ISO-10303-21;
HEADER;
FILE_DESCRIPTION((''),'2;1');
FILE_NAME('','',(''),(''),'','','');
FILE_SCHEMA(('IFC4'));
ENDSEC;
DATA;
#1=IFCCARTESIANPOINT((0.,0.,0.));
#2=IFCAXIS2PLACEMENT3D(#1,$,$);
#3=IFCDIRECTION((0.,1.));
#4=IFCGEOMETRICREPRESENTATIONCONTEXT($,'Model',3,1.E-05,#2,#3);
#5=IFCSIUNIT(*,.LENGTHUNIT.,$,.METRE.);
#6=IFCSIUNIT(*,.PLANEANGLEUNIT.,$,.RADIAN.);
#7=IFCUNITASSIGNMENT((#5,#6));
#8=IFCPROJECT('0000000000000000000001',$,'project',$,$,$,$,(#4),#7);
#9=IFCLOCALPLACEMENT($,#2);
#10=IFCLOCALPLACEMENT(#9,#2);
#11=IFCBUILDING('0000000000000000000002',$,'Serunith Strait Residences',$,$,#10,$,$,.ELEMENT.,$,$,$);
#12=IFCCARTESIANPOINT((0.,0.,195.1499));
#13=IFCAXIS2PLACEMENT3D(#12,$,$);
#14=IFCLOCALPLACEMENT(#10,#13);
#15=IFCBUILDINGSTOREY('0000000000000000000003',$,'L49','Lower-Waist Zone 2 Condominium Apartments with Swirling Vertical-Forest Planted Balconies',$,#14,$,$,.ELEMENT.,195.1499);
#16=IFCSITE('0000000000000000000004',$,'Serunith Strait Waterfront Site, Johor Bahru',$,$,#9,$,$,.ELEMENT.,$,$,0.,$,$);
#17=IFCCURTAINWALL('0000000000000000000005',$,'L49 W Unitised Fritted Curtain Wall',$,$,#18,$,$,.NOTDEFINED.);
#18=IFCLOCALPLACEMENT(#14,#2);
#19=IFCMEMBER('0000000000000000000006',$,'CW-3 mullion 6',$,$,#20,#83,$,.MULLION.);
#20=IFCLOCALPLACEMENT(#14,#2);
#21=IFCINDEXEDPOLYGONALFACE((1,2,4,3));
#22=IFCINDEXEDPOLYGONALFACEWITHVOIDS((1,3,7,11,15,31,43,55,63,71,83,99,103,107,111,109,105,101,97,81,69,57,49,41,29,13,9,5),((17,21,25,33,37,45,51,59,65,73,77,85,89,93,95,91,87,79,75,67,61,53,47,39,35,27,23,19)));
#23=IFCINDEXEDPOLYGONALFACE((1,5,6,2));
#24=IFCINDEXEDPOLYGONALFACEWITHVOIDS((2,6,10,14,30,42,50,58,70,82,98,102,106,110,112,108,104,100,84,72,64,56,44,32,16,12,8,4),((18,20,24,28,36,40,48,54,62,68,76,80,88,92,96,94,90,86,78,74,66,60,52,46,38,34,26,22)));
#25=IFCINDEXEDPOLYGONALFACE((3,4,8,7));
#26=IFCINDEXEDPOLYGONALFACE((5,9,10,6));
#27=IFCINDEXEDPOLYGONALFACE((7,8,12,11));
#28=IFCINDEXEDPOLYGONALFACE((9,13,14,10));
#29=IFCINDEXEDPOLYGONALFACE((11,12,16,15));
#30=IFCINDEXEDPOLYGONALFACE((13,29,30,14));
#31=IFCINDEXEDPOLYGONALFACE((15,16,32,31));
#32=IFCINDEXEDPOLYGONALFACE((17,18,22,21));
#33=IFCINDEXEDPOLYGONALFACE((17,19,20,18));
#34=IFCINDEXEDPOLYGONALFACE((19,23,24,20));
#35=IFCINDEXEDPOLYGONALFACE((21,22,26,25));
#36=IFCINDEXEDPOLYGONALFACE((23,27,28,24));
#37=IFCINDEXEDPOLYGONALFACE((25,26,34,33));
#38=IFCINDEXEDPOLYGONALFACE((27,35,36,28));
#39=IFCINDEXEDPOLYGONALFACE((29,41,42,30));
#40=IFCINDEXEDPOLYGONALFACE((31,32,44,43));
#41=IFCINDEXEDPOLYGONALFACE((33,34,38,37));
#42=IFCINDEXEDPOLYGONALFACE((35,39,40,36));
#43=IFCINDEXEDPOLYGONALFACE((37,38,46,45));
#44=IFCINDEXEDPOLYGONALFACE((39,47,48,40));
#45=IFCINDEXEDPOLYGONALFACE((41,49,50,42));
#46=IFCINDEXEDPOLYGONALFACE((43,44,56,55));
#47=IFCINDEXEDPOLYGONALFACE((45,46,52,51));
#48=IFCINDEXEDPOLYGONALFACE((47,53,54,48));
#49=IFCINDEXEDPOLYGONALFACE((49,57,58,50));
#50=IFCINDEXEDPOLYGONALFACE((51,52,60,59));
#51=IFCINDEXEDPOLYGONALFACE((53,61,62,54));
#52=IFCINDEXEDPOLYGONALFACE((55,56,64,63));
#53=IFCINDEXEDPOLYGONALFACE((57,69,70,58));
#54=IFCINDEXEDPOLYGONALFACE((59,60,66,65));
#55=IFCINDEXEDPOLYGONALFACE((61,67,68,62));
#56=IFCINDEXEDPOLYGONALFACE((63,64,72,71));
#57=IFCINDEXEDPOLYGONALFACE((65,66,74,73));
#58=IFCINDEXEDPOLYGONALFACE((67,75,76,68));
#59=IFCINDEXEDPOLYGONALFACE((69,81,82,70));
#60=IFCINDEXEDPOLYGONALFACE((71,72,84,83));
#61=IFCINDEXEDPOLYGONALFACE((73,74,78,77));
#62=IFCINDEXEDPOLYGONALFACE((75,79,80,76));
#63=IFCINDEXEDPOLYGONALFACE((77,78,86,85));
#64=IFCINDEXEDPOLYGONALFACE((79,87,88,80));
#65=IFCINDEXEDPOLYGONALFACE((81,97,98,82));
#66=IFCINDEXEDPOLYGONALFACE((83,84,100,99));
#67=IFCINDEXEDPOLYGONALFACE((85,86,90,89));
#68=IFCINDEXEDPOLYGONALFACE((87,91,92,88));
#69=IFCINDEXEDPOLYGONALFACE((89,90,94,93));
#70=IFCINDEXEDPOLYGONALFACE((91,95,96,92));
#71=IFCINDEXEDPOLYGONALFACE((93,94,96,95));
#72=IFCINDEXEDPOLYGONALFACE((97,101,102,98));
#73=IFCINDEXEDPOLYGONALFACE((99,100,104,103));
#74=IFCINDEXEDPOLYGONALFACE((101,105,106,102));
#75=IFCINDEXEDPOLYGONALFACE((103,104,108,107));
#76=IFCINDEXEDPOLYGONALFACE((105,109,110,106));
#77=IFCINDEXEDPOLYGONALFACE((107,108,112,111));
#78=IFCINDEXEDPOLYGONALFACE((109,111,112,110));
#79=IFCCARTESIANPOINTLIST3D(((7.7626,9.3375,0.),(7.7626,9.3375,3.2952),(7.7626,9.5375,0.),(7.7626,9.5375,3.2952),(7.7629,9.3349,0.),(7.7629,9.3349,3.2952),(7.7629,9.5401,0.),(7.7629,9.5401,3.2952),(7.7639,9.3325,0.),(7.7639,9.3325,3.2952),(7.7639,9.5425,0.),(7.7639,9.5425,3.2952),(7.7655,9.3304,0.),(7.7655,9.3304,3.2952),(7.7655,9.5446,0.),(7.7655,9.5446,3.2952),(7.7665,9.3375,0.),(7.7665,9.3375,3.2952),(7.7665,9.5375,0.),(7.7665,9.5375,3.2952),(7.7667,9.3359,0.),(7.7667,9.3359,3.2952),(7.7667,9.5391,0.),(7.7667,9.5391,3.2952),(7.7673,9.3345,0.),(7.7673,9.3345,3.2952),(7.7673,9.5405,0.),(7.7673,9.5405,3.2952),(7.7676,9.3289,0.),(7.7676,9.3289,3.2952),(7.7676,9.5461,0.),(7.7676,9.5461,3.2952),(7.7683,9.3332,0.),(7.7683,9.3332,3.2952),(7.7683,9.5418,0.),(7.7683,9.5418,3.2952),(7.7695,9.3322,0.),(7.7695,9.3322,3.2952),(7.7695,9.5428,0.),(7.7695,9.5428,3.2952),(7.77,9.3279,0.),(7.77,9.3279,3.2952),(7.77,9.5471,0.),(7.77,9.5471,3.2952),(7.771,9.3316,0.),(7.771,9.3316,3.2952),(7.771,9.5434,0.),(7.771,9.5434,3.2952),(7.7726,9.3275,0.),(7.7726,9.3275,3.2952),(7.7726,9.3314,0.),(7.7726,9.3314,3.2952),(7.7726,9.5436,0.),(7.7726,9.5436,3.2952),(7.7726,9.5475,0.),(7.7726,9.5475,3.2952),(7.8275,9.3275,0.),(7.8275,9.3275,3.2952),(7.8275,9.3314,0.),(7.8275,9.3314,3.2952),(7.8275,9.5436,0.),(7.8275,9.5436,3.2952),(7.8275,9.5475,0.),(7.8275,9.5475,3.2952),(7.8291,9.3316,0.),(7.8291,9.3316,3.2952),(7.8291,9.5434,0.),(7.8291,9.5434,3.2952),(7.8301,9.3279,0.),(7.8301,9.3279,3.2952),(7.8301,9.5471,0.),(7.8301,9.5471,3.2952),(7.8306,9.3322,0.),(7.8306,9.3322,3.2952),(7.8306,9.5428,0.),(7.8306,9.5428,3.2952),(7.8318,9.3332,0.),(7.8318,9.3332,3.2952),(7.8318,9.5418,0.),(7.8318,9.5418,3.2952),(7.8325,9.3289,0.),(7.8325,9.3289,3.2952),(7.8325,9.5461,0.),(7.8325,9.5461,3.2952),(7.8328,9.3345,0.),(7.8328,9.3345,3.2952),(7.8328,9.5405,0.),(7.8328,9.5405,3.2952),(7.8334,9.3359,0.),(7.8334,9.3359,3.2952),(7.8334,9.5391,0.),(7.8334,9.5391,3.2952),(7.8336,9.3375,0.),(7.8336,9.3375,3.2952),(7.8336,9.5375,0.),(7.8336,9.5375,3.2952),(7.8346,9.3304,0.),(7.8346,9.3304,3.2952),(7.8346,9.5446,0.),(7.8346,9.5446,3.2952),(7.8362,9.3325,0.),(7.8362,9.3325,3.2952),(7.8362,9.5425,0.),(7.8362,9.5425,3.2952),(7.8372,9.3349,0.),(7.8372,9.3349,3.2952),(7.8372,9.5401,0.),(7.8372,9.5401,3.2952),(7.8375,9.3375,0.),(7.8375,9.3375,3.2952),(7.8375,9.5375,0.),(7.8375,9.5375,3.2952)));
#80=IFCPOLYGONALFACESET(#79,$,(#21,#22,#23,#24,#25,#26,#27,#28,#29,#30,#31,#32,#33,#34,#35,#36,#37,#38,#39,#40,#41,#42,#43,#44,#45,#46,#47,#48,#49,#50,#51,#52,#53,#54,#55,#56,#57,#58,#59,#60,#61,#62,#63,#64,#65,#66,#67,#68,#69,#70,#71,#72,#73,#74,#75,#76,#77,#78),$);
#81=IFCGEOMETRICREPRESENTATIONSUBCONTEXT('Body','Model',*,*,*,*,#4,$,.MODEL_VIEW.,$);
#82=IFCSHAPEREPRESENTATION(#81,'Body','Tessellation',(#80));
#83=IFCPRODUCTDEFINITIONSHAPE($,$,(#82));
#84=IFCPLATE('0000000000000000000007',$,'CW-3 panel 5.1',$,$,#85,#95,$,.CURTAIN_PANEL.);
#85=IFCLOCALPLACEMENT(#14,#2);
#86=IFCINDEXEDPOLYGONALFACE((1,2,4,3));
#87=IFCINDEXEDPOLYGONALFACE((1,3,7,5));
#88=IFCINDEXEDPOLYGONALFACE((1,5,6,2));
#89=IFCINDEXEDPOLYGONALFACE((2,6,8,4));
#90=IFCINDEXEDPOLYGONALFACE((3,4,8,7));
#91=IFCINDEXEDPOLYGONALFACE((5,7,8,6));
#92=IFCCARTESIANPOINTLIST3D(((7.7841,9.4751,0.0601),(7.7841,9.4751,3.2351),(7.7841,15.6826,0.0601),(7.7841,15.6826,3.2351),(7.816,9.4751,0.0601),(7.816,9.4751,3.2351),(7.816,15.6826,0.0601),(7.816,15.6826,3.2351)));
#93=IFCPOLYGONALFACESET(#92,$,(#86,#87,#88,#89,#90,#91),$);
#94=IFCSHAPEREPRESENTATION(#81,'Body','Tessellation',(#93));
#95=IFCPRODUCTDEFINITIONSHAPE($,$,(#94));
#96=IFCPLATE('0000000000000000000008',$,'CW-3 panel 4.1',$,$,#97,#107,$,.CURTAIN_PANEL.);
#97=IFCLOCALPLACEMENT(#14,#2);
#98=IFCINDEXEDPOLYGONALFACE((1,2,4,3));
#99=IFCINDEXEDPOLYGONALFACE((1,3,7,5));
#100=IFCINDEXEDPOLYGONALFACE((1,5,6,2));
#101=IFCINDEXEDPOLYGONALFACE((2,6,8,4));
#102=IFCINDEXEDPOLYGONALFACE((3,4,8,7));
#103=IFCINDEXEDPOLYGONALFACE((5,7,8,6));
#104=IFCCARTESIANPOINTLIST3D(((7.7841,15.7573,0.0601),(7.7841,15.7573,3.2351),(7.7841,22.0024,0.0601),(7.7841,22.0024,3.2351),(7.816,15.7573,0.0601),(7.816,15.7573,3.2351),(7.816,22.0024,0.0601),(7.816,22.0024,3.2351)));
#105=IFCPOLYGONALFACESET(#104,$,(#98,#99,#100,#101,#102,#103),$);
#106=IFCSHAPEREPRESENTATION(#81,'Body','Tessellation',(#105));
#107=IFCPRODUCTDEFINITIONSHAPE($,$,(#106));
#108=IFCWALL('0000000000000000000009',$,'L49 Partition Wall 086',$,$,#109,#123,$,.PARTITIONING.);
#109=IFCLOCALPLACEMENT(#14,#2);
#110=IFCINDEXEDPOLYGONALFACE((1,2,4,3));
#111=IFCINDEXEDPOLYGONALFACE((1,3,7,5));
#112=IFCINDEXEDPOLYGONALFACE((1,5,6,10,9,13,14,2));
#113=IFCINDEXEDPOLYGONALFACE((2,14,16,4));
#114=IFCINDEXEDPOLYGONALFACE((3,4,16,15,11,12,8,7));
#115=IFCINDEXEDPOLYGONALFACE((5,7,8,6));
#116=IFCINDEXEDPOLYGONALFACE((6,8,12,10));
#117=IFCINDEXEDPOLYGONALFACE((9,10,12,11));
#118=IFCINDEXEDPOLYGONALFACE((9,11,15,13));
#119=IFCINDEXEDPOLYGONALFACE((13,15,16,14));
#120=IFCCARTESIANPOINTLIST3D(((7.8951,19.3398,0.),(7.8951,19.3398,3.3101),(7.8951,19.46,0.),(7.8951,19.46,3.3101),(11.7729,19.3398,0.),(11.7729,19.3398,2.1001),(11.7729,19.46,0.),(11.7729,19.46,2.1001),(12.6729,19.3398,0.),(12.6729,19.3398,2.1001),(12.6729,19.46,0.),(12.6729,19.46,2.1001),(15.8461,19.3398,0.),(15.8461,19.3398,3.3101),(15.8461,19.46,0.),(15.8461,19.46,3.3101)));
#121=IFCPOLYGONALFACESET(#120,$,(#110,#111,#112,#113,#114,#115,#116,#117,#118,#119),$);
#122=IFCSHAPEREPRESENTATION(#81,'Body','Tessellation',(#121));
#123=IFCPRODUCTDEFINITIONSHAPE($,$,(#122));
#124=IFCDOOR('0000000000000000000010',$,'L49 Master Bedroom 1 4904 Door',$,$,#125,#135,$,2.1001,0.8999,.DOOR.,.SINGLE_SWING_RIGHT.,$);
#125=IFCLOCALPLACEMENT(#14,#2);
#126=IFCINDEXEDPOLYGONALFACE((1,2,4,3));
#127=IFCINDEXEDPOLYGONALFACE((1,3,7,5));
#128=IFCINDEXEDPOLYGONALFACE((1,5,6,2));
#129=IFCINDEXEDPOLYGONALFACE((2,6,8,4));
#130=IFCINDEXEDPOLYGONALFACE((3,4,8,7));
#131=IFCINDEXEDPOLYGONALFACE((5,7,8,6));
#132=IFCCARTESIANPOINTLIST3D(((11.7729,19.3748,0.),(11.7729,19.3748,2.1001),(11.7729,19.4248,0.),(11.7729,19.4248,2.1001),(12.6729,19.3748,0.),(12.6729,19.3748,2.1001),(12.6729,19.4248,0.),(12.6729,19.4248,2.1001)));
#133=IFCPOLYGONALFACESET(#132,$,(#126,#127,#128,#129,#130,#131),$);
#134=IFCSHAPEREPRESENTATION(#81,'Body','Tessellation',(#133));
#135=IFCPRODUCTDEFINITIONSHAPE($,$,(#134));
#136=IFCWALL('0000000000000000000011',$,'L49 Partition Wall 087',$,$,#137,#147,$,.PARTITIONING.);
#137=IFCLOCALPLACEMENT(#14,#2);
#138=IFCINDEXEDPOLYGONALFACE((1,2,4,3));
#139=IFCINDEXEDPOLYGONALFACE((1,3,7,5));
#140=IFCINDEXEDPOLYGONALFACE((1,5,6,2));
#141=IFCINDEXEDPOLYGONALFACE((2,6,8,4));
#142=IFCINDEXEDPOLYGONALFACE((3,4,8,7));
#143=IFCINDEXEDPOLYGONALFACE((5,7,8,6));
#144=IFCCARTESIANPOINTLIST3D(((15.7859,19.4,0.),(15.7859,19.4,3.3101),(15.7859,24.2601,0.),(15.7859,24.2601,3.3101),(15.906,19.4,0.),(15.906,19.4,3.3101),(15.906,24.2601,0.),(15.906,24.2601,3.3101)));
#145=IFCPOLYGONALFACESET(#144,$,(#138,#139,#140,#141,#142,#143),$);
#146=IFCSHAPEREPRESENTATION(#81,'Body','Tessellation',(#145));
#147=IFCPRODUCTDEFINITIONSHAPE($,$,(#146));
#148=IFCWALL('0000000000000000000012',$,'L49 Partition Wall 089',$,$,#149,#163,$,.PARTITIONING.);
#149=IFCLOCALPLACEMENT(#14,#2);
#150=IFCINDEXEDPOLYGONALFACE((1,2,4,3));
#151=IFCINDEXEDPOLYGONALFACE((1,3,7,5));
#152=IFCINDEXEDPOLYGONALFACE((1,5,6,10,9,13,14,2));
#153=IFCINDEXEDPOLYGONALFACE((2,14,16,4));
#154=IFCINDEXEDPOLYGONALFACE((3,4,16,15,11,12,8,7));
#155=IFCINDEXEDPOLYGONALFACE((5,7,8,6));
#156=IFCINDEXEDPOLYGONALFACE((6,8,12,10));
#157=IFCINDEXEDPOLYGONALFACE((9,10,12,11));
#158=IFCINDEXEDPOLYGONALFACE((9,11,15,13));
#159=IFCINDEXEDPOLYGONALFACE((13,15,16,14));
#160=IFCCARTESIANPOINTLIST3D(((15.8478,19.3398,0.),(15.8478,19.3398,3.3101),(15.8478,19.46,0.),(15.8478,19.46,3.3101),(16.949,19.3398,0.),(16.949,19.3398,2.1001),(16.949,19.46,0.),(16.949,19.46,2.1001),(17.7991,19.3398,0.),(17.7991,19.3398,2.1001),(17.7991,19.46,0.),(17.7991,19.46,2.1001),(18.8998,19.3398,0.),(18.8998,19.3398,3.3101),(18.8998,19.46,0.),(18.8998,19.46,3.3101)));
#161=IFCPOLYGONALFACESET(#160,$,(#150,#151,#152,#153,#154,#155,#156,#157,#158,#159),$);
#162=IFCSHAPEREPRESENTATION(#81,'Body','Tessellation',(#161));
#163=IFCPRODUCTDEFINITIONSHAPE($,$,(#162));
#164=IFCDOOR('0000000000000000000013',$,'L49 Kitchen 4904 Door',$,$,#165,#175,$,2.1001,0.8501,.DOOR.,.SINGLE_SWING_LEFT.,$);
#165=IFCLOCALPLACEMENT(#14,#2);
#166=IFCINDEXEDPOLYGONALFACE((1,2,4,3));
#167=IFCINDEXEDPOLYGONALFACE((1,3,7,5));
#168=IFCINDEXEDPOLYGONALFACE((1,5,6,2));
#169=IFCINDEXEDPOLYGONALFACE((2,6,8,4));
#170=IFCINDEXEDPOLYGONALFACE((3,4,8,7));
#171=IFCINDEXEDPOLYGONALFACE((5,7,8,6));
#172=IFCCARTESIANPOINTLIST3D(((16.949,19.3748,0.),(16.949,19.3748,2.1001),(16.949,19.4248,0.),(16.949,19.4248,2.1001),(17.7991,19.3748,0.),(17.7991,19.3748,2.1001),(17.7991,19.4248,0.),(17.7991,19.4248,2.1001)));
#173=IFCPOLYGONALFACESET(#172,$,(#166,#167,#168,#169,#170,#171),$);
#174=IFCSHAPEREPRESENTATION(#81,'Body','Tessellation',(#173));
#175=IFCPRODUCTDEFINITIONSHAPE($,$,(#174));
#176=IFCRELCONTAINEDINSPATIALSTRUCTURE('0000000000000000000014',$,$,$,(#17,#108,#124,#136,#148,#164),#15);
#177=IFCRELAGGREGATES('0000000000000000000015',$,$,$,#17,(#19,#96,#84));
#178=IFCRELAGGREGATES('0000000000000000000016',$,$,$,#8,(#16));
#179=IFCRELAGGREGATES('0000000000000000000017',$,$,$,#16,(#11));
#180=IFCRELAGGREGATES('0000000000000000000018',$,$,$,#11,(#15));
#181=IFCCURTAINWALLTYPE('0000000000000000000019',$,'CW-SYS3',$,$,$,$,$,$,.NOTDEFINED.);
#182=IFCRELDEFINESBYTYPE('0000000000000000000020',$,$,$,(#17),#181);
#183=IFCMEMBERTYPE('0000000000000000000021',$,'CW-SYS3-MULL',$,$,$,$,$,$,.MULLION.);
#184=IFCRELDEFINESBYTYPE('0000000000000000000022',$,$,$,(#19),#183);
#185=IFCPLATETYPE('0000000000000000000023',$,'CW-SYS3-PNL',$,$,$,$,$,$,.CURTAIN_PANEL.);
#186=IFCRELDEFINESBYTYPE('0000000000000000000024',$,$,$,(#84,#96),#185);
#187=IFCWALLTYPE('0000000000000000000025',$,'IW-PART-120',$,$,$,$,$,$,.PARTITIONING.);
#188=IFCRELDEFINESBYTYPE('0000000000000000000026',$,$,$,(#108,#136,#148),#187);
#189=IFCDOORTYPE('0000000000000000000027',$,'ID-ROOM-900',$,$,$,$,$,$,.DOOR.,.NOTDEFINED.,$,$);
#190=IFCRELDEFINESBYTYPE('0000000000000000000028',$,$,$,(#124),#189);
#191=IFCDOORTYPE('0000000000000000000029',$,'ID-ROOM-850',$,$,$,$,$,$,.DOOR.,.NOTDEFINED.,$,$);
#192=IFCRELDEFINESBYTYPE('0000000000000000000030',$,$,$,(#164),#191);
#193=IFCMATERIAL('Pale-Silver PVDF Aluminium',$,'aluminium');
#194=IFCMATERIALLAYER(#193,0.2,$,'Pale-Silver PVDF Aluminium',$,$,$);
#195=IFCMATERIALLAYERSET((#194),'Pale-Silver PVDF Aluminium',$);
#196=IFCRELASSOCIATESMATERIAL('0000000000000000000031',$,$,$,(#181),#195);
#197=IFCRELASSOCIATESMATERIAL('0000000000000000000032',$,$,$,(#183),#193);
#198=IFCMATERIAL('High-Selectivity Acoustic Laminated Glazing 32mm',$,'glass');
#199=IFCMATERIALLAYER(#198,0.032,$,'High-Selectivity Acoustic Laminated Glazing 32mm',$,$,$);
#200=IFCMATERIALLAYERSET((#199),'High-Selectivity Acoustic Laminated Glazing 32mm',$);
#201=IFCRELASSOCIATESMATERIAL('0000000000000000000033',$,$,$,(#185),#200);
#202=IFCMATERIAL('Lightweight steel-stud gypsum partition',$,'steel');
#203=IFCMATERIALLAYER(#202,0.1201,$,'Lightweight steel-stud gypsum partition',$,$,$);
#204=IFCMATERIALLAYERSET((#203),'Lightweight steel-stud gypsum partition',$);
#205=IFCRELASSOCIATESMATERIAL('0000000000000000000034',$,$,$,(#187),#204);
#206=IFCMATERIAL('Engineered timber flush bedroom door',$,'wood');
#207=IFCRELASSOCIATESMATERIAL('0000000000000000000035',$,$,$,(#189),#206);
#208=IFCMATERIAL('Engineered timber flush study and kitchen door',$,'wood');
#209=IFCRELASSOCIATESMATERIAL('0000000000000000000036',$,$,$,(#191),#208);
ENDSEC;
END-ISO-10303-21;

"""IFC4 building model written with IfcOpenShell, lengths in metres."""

from ifc_helpers import new_model, si_unit, direction, frame, frame_2d, origin, origin_2d, place, context, subcontext, project, spatial, rectangle, hollow_rectangle, extrude, source, transform, mapped, material, layer, layer_set, material_profile, profile_set, type_object, element, fill, aggregate, save


model = new_model("IFC4")

# Units and contexts
model_context = context("Model", 3, precision=1e-05, world=origin(), true_north=direction((0.0, 1.0)))
body_context = subcontext(model_context, "Body", "Model", "MODEL_VIEW")
ifc_project = project(units=[si_unit("LENGTHUNIT", "METRE"), si_unit("PLANEANGLEUNIT", "RADIAN")], contexts=[model_context])

# Site, building, storey
site_placement = place(None, origin())
site = spatial("IfcSite", under=ifc_project, at=site_placement, Name="Serunith Strait Waterfront Site, Johor Bahru", CompositionType="ELEMENT", RefElevation=0.0)
building_placement = place(site_placement, origin())
building = spatial("IfcBuilding", under=site, at=building_placement, Name="Serunith Strait Residences", CompositionType="ELEMENT")
storey_placement = place(building_placement, frame((0.0, 0.0, 195.1499)))
storey = spatial("IfcBuildingStorey", under=building, at=storey_placement, Name="L49", Description="Lower-Waist Zone 2 Condominium Apartments with Swirling Vertical-Forest Planted Balconies", CompositionType="ELEMENT", Elevation=195.1499)

# Curtain wall, member, plates
ifc_material_1 = material(Name="Pale-Silver PVDF Aluminium", Category="aluminium")
ifc_layer_1 = layer(ifc_material_1, 0.2, Name="Pale-Silver PVDF Aluminium")
ifc_layer_set_1 = layer_set([ifc_layer_1], Name="Pale-Silver PVDF Aluminium")
curtain_wall_type = type_object("IfcCurtainWallType", Name="CW-SYS3", PredefinedType="NOTDEFINED", material=ifc_layer_set_1)
curtain_wall_placement = place(storey_placement, origin())
curtain_wall = element("IfcCurtainWall", 1, at=curtain_wall_placement, inside=storey, type_object=curtain_wall_type, Name="L49 W Unitised Fritted Curtain Wall", PredefinedType="NOTDEFINED")
ifc_material_profile_1 = material_profile(ifc_material_1, hollow_rectangle(XDim=0.075, YDim=0.22, WallThickness=0.0039, InnerFilletRadius=0.0061, OuterFilletRadius=0.01, at=origin_2d()), Name="ALU 220x75x4")
ifc_profile_set_1 = profile_set([ifc_material_profile_1], Name="Pale-Silver PVDF Aluminium")
member_type_1 = type_object("IfcMemberType", Name="CW-SYS3-MULL", PredefinedType="MULLION", material=ifc_profile_set_1)
shared_shape_1 = source(origin(), body_context, "Body", "SweptSolid", [
    extrude(hollow_rectangle(XDim=0.075, YDim=0.22, WallThickness=0.0039, InnerFilletRadius=0.0061, OuterFilletRadius=0.01, at=origin_2d()), origin(), (0.0, 0.0, 1.0), 3.2952),
])
member_1_placement = place(storey_placement, frame((7.8, 9.4375, 0.0), z_axis=(0.0, 0.0, 1.0), x_axis=(1.0, 0.0, 0.0)))
member_1 = element("IfcMember", 2, at=member_1_placement, type_object=member_type_1, Name="CW-3 mullion 6", PredefinedType="MULLION", context=body_context, shape_type="MappedRepresentation", body=[
    mapped(shared_shape_1, transform((0.0, 0.0, 0.0), scale=1.0)),
])
ifc_material_2 = material(Name="High-Selectivity Acoustic Laminated Glazing 32mm", Category="glass")
ifc_layer_2 = layer(ifc_material_2, 0.032, Name="High-Selectivity Acoustic Laminated Glazing 32mm")
ifc_layer_set_2 = layer_set([ifc_layer_2], Name="High-Selectivity Acoustic Laminated Glazing 32mm")
plate_type = type_object("IfcPlateType", Name="CW-SYS3-PNL", PredefinedType="CURTAIN_PANEL", material=ifc_layer_set_2)
shared_shape_2 = source(origin(), body_context, "Body", "SweptSolid", [
    extrude(rectangle(XDim=6.2075, YDim=0.032, at=origin_2d()), origin(), (0.0, 0.0, 1.0), 3.175),
])
plate_1_placement = place(storey_placement, frame((7.8, 12.5789, 0.0601), z_axis=(0.0, 0.0, 1.0), x_axis=(0.0, -1.0, 0.0)))
plate_1 = element("IfcPlate", 3, at=plate_1_placement, type_object=plate_type, Name="CW-3 panel 5.1", PredefinedType="CURTAIN_PANEL", context=body_context, shape_type="MappedRepresentation", body=[
    mapped(shared_shape_2, transform((0.0, 0.0, 0.0), scale=1.0)),
])
shared_shape_3 = source(origin(), body_context, "Body", "SweptSolid", [
    extrude(rectangle(XDim=6.2451, YDim=0.032, at=origin_2d()), origin(), (0.0, 0.0, 1.0), 3.175),
])
plate_2_placement = place(storey_placement, frame((7.8, 18.8799, 0.0601), z_axis=(0.0, 0.0, 1.0), x_axis=(0.0, -1.0, 0.0)))
plate_2 = element("IfcPlate", 4, at=plate_2_placement, type_object=plate_type, Name="CW-3 panel 4.1", PredefinedType="CURTAIN_PANEL", context=body_context, shape_type="MappedRepresentation", body=[
    mapped(shared_shape_3, transform((0.0, 0.0, 0.0), scale=1.0)),
])
aggregate(curtain_wall, [member_1, plate_2, plate_1])

# Wall, opening, door
ifc_material_3 = material(Name="Lightweight steel-stud gypsum partition", Category="steel")
ifc_layer_3 = layer(ifc_material_3, 0.1201, Name="Lightweight steel-stud gypsum partition")
ifc_layer_set_3 = layer_set([ifc_layer_3], Name="Lightweight steel-stud gypsum partition")
wall_type_1 = type_object("IfcWallType", Name="IW-PART-120", PredefinedType="PARTITIONING", material=ifc_layer_set_3)
wall_1_placement = place(storey_placement, frame((7.895, 19.3999, 0.0), z_axis=(0.0, 0.0, 1.0), x_axis=(1.0, 0.0, 0.0)))
wall_1 = element("IfcWall", 5, at=wall_1_placement, inside=storey, type_object=wall_type_1, Name="L49 Partition Wall 086", PredefinedType="PARTITIONING", context=body_context, shape_type="SweptSolid", body=[
    extrude(rectangle(XDim=7.9509, YDim=0.1201, at=frame_2d((3.9756, 0.0))), origin(), (0.0, 0.0, 1.0), 3.3101),
])
opening_1_placement = place(wall_1_placement, frame((3.8779, 0.0, 0.0)))
opening_1 = element("IfcOpeningElement", 6, at=opening_1_placement, cuts=wall_1, PredefinedType="OPENING", context=body_context, shape_type="SweptSolid", body=[
    extrude(rectangle(XDim=0.8999, YDim=2.1001, at=frame_2d((0.45, 1.05))), frame((0.0, 0.0701, 0.0), z_axis=(0.0, -1.0, 0.0), x_axis=(1.0, 0.0, 0.0)), (0.0, 0.0, 1.0), 0.1401),
])
ifc_material_4 = material(Name="Engineered timber flush bedroom door", Category="wood")
door_type_1 = type_object("IfcDoorType", Name="ID-ROOM-900", OperationType="NOTDEFINED", PredefinedType="DOOR", material=ifc_material_4)
shared_shape_4 = source(origin(), body_context, "Body", "SweptSolid", [
    extrude(rectangle(XDim=0.8999, YDim=2.1001, at=frame_2d((0.45, 1.05))), frame((0.0, 0.0249, 0.0), z_axis=(0.0, -1.0, 0.0), x_axis=(1.0, 0.0, 0.0)), (0.0, 0.0, 1.0), 0.05),
])
door_1_placement = place(opening_1_placement, origin())
door_1 = element("IfcDoor", 7, at=door_1_placement, inside=storey, type_object=door_type_1, Name="L49 Master Bedroom 1 4904 Door", OperationType="SINGLE_SWING_RIGHT", OverallHeight=2.1001, OverallWidth=0.8999, PredefinedType="DOOR", context=body_context, shape_type="MappedRepresentation", body=[
    mapped(shared_shape_4, transform((0.0, 0.0, 0.0), scale=1.0)),
])
fill(opening_1, door_1)

# Wall
wall_2_placement = place(storey_placement, frame((15.8459, 19.3999, 0.0), z_axis=(0.0, 0.0, 1.0), x_axis=(0.0, 1.0, 0.0)))
element("IfcWall", 8, at=wall_2_placement, inside=storey, type_object=wall_type_1, Name="L49 Partition Wall 087", PredefinedType="PARTITIONING", context=body_context, shape_type="SweptSolid", body=[
    extrude(rectangle(XDim=4.8601, YDim=0.1201, at=frame_2d((2.4302, 0.0))), origin(), (0.0, 0.0, 1.0), 3.3101),
])

# Wall, opening, door
wall_3_placement = place(storey_placement, frame((15.8479, 19.3999, 0.0), z_axis=(0.0, 0.0, 1.0), x_axis=(1.0, 0.0, 0.0)))
wall_3 = element("IfcWall", 9, at=wall_3_placement, inside=storey, type_object=wall_type_1, Name="L49 Partition Wall 089", PredefinedType="PARTITIONING", context=body_context, shape_type="SweptSolid", body=[
    extrude(rectangle(XDim=3.052, YDim=0.1201, at=frame_2d((1.5259, 0.0))), origin(), (0.0, 0.0, 1.0), 3.3101),
])
opening_2_placement = place(wall_3_placement, frame((1.1011, 0.0, 0.0)))
opening_2 = element("IfcOpeningElement", 10, at=opening_2_placement, cuts=wall_3, PredefinedType="OPENING", context=body_context, shape_type="SweptSolid", body=[
    extrude(rectangle(XDim=0.8501, YDim=2.1001, at=frame_2d((0.425, 1.05))), frame((0.0, 0.0701, 0.0), z_axis=(0.0, -1.0, 0.0), x_axis=(1.0, 0.0, 0.0)), (0.0, 0.0, 1.0), 0.1401),
])
ifc_material_5 = material(Name="Engineered timber flush study and kitchen door", Category="wood")
door_type_2 = type_object("IfcDoorType", Name="ID-ROOM-850", OperationType="NOTDEFINED", PredefinedType="DOOR", material=ifc_material_5)
shared_shape_5 = source(origin(), body_context, "Body", "SweptSolid", [
    extrude(rectangle(XDim=0.8501, YDim=2.1001, at=frame_2d((0.425, 1.05))), frame((0.0, 0.0249, 0.0), z_axis=(0.0, -1.0, 0.0), x_axis=(1.0, 0.0, 0.0)), (0.0, 0.0, 1.0), 0.05),
])
door_2_placement = place(opening_2_placement, origin())
door_2 = element("IfcDoor", 11, at=door_2_placement, inside=storey, type_object=door_type_2, Name="L49 Kitchen 4904 Door", OperationType="SINGLE_SWING_LEFT", OverallHeight=2.1001, OverallWidth=0.8501, PredefinedType="DOOR", context=body_context, shape_type="MappedRepresentation", body=[
    mapped(shared_shape_5, transform((0.0, 0.0, 0.0), scale=1.0)),
])
fill(opening_2, door_2)

save(model, "model.ifc")
